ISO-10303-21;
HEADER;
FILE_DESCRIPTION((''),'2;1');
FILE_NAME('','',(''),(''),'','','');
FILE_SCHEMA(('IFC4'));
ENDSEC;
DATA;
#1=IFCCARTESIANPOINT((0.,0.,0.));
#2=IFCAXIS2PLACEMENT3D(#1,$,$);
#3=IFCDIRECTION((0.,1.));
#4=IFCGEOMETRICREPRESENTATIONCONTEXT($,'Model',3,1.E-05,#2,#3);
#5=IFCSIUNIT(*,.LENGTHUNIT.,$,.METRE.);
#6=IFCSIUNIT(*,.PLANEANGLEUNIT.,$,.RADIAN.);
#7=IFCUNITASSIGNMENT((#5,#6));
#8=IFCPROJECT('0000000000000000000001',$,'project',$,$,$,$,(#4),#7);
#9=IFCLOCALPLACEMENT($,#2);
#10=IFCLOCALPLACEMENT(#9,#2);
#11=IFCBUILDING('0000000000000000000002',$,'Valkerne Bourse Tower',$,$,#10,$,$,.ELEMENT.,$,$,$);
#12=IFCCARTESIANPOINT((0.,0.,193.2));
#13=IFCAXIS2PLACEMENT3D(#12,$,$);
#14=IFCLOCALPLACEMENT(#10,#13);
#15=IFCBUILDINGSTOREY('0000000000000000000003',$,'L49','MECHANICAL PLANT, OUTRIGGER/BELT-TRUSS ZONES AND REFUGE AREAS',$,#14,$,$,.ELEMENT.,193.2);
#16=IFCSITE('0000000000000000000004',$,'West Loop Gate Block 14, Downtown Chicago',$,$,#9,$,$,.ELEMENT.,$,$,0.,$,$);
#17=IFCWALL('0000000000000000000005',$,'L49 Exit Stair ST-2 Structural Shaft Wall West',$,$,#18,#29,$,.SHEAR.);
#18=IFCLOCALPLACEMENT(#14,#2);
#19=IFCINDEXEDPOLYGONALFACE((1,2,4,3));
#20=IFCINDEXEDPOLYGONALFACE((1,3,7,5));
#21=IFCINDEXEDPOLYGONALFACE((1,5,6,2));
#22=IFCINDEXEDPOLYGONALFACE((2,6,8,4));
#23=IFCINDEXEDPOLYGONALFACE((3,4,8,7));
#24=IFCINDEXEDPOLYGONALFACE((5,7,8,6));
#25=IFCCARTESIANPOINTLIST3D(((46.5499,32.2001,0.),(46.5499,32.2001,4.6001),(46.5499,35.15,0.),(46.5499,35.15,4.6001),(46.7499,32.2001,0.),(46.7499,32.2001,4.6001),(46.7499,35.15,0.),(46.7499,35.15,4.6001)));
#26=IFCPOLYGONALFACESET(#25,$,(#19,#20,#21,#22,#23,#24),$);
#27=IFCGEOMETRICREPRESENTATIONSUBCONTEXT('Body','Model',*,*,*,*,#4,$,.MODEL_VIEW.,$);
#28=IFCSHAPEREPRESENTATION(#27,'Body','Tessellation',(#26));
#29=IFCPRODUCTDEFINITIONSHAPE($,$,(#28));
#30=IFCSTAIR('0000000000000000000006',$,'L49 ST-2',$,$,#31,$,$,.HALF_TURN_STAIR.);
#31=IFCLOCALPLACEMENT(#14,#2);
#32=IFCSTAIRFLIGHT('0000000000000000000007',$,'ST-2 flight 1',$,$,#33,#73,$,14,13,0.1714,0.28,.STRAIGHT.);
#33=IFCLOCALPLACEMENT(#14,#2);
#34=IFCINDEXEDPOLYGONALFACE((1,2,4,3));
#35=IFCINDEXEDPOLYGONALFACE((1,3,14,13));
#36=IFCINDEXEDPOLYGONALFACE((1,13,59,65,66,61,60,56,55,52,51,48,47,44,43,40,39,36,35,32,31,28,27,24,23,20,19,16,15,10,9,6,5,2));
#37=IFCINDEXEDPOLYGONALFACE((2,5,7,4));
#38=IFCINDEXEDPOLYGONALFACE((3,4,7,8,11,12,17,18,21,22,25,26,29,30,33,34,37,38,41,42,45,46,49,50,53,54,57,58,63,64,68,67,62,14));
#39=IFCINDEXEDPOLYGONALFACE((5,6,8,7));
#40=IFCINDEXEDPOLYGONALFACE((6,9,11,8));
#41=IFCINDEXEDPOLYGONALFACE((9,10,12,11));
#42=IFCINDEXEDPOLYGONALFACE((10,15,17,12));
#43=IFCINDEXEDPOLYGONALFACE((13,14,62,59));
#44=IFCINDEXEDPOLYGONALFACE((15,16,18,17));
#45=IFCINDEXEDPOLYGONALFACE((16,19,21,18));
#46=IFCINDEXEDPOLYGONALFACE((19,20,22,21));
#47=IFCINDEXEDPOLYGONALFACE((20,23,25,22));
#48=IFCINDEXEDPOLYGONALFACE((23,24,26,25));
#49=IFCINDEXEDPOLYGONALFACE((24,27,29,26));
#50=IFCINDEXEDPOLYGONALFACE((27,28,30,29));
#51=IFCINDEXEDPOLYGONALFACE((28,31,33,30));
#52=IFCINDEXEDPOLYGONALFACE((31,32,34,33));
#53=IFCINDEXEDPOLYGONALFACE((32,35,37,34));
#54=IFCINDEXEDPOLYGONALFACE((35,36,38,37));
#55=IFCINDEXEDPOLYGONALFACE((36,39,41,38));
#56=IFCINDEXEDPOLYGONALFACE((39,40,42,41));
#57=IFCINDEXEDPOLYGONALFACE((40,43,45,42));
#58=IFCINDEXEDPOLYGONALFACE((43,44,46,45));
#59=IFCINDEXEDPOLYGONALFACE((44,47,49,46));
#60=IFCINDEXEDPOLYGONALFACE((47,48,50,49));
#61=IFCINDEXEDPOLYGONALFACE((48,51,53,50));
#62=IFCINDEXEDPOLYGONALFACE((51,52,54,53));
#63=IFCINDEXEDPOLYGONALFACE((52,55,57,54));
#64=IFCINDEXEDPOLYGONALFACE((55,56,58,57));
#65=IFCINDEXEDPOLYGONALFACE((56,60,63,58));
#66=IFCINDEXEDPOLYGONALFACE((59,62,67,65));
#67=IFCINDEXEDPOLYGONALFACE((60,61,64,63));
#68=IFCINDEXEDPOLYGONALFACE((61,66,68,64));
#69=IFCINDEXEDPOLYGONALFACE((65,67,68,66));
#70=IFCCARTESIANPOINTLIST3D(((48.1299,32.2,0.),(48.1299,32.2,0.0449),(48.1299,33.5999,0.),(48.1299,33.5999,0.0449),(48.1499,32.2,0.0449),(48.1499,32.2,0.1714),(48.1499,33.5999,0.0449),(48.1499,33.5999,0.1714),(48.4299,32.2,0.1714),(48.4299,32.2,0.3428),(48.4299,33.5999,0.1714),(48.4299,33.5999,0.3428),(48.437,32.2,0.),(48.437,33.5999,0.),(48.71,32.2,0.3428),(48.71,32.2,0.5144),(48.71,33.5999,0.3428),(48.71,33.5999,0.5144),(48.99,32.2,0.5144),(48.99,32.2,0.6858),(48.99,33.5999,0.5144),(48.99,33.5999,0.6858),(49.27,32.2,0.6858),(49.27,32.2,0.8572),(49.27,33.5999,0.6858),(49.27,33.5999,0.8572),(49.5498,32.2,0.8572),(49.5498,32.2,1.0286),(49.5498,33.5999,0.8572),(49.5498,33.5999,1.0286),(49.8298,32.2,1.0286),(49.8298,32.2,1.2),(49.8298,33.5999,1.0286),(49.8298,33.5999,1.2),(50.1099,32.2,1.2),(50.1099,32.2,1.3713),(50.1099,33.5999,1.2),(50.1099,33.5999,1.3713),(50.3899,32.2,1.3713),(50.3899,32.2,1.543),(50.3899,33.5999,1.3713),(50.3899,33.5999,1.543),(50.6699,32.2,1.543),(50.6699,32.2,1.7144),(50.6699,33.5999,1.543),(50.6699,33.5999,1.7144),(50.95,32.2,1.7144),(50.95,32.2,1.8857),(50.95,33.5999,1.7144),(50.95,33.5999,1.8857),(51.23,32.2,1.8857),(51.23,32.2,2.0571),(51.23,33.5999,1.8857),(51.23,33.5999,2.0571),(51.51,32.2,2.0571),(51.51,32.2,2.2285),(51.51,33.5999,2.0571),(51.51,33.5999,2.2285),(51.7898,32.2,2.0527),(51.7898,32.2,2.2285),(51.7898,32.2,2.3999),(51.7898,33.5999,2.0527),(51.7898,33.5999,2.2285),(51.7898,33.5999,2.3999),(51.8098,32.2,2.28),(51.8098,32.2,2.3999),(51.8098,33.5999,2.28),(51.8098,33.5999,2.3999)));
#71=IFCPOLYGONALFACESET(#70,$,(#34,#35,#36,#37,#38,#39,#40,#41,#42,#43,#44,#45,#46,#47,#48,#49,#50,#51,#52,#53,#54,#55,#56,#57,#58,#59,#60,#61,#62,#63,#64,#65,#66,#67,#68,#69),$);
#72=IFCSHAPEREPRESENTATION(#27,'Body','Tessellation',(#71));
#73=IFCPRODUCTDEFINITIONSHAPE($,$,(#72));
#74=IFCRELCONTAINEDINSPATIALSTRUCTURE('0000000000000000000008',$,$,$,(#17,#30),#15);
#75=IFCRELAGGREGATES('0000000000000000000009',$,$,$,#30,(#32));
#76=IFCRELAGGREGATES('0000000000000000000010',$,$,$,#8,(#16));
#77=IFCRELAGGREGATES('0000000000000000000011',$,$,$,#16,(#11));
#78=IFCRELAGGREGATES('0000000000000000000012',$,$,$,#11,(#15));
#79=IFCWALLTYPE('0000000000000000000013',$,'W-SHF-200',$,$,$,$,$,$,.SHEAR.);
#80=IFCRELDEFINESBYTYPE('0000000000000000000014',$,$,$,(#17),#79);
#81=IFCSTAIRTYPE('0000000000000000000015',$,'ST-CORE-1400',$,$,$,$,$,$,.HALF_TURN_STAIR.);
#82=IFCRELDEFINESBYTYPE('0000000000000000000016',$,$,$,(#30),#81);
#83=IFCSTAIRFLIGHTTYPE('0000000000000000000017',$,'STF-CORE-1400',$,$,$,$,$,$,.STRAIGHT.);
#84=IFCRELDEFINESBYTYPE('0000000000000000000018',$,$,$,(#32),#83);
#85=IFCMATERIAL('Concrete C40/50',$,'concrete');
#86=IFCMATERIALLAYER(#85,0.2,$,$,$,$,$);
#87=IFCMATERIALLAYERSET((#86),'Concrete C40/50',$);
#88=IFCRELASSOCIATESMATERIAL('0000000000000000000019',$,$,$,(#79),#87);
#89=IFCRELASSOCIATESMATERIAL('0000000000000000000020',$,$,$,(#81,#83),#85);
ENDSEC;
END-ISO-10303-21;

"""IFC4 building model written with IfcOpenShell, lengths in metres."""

from ifc_helpers import new_model, si_unit, direction, frame, frame_2d, origin, place, context, subcontext, project, spatial, polyline, rectangle, outline, extrude, material, layer, layer_set, type_object, element, aggregate, save


model = new_model("IFC4")

# Units and contexts
model_context = context("Model", 3, precision=1e-05, world=origin(), true_north=direction((0.0, 1.0)))
body_context = subcontext(model_context, "Body", "Model", "MODEL_VIEW")
ifc_project = project(units=[si_unit("LENGTHUNIT", "METRE"), si_unit("PLANEANGLEUNIT", "RADIAN")], contexts=[model_context])

# Site, building, storey
site_placement = place(None, origin())
site = spatial("IfcSite", under=ifc_project, at=site_placement, Name="West Loop Gate Block 14, Downtown Chicago", CompositionType="ELEMENT", RefElevation=0.0)
building_placement = place(site_placement, origin())
building = spatial("IfcBuilding", under=site, at=building_placement, Name="Valkerne Bourse Tower", CompositionType="ELEMENT")
storey_placement = place(building_placement, frame((0.0, 0.0, 193.2)))
storey = spatial("IfcBuildingStorey", under=building, at=storey_placement, Name="L49", Description="MECHANICAL PLANT, OUTRIGGER/BELT-TRUSS ZONES AND REFUGE AREAS", CompositionType="ELEMENT", Elevation=193.2)

# Shared definitions
ifc_material_1 = material(Name="Concrete C40/50", Category="concrete")
ifc_layer_1 = layer(ifc_material_1, 0.2)
ifc_layer_set_1 = layer_set([ifc_layer_1], Name="Concrete C40/50")
wall_type_1 = type_object("IfcWallType", Name="W-SHF-200", PredefinedType="SHEAR", material=ifc_layer_set_1)

# Wall
wall_1_placement = place(storey_placement, frame((46.6499, 32.2, 0.0), z_axis=(0.0, 0.0, 1.0), x_axis=(0.0, 1.0, 0.0)))
element("IfcWall", 1, at=wall_1_placement, inside=storey, type_object=wall_type_1, Name="L49 Exit Stair ST-2 Structural Shaft Wall West", PredefinedType="SHEAR", context=body_context, shape_type="SweptSolid", body=[
    extrude(rectangle(XDim=2.95, YDim=0.2, at=frame_2d((1.4751, 0.0))), origin(), (0.0, 0.0, 1.0), 4.6001),
])

# Stair, stair flight
stair_type = type_object("IfcStairType", Name="ST-CORE-1400", PredefinedType="HALF_TURN_STAIR", material=ifc_material_1)
stair_placement = place(storey_placement, origin())
stair = element("IfcStair", 2, at=stair_placement, inside=storey, type_object=stair_type, Name="L49 ST-2", PredefinedType="HALF_TURN_STAIR")
stair_flight_type = type_object("IfcStairFlightType", Name="STF-CORE-1400", PredefinedType="STRAIGHT", material=ifc_material_1)
stair_flight_placement = place(storey_placement, frame((48.1499, 32.8999, 0.0), z_axis=(0.0, 0.0, 1.0), x_axis=(1.0, 0.0, 0.0)))
stair_flight = element("IfcStairFlight", 3, at=stair_flight_placement, type_object=stair_flight_type, Name="ST-2 flight 1", NumberOfRisers=14, NumberOfTreads=13, PredefinedType="STRAIGHT", RiserHeight=0.1714, TreadLength=0.28, context=body_context, shape_type="SweptSolid", body=[
    extrude(outline(polyline([(-0.02, 0.0), (-0.02, 0.0449), (0.0, 0.0449), (0.0, 0.1714), (0.28, 0.1714), (0.28, 0.3428), (0.5601, 0.3428), (0.5601, 0.5144), (0.8401, 0.5144), (0.8401, 0.6858), (1.1201, 0.6858), (1.1201, 0.8572), (1.3999, 0.8572), (1.3999, 1.0286), (1.6799, 1.0286), (1.6799, 1.2), (1.96, 1.2), (1.96, 1.3713), (2.24, 1.3713), (2.24, 1.543), (2.52, 1.543), (2.52, 1.7144), (2.8, 1.7144), (2.8, 1.8857), (3.0801, 1.8857), (3.0801, 2.0571), (3.3601, 2.0571), (3.3601, 2.2285), (3.6399, 2.2285), (3.6399, 2.3999), (3.6599, 2.3999), (3.6599, 2.28), (3.6399, 2.0527), (0.2871, 0.0), (-0.02, 0.0)])), frame((0.0, 0.7, 0.0), z_axis=(0.0, -1.0, 0.0), x_axis=(1.0, 0.0, 0.0)), (0.0, 0.0, 1.0), 1.3999),
])
aggregate(stair, [stair_flight])

save(model, "model.ifc")
